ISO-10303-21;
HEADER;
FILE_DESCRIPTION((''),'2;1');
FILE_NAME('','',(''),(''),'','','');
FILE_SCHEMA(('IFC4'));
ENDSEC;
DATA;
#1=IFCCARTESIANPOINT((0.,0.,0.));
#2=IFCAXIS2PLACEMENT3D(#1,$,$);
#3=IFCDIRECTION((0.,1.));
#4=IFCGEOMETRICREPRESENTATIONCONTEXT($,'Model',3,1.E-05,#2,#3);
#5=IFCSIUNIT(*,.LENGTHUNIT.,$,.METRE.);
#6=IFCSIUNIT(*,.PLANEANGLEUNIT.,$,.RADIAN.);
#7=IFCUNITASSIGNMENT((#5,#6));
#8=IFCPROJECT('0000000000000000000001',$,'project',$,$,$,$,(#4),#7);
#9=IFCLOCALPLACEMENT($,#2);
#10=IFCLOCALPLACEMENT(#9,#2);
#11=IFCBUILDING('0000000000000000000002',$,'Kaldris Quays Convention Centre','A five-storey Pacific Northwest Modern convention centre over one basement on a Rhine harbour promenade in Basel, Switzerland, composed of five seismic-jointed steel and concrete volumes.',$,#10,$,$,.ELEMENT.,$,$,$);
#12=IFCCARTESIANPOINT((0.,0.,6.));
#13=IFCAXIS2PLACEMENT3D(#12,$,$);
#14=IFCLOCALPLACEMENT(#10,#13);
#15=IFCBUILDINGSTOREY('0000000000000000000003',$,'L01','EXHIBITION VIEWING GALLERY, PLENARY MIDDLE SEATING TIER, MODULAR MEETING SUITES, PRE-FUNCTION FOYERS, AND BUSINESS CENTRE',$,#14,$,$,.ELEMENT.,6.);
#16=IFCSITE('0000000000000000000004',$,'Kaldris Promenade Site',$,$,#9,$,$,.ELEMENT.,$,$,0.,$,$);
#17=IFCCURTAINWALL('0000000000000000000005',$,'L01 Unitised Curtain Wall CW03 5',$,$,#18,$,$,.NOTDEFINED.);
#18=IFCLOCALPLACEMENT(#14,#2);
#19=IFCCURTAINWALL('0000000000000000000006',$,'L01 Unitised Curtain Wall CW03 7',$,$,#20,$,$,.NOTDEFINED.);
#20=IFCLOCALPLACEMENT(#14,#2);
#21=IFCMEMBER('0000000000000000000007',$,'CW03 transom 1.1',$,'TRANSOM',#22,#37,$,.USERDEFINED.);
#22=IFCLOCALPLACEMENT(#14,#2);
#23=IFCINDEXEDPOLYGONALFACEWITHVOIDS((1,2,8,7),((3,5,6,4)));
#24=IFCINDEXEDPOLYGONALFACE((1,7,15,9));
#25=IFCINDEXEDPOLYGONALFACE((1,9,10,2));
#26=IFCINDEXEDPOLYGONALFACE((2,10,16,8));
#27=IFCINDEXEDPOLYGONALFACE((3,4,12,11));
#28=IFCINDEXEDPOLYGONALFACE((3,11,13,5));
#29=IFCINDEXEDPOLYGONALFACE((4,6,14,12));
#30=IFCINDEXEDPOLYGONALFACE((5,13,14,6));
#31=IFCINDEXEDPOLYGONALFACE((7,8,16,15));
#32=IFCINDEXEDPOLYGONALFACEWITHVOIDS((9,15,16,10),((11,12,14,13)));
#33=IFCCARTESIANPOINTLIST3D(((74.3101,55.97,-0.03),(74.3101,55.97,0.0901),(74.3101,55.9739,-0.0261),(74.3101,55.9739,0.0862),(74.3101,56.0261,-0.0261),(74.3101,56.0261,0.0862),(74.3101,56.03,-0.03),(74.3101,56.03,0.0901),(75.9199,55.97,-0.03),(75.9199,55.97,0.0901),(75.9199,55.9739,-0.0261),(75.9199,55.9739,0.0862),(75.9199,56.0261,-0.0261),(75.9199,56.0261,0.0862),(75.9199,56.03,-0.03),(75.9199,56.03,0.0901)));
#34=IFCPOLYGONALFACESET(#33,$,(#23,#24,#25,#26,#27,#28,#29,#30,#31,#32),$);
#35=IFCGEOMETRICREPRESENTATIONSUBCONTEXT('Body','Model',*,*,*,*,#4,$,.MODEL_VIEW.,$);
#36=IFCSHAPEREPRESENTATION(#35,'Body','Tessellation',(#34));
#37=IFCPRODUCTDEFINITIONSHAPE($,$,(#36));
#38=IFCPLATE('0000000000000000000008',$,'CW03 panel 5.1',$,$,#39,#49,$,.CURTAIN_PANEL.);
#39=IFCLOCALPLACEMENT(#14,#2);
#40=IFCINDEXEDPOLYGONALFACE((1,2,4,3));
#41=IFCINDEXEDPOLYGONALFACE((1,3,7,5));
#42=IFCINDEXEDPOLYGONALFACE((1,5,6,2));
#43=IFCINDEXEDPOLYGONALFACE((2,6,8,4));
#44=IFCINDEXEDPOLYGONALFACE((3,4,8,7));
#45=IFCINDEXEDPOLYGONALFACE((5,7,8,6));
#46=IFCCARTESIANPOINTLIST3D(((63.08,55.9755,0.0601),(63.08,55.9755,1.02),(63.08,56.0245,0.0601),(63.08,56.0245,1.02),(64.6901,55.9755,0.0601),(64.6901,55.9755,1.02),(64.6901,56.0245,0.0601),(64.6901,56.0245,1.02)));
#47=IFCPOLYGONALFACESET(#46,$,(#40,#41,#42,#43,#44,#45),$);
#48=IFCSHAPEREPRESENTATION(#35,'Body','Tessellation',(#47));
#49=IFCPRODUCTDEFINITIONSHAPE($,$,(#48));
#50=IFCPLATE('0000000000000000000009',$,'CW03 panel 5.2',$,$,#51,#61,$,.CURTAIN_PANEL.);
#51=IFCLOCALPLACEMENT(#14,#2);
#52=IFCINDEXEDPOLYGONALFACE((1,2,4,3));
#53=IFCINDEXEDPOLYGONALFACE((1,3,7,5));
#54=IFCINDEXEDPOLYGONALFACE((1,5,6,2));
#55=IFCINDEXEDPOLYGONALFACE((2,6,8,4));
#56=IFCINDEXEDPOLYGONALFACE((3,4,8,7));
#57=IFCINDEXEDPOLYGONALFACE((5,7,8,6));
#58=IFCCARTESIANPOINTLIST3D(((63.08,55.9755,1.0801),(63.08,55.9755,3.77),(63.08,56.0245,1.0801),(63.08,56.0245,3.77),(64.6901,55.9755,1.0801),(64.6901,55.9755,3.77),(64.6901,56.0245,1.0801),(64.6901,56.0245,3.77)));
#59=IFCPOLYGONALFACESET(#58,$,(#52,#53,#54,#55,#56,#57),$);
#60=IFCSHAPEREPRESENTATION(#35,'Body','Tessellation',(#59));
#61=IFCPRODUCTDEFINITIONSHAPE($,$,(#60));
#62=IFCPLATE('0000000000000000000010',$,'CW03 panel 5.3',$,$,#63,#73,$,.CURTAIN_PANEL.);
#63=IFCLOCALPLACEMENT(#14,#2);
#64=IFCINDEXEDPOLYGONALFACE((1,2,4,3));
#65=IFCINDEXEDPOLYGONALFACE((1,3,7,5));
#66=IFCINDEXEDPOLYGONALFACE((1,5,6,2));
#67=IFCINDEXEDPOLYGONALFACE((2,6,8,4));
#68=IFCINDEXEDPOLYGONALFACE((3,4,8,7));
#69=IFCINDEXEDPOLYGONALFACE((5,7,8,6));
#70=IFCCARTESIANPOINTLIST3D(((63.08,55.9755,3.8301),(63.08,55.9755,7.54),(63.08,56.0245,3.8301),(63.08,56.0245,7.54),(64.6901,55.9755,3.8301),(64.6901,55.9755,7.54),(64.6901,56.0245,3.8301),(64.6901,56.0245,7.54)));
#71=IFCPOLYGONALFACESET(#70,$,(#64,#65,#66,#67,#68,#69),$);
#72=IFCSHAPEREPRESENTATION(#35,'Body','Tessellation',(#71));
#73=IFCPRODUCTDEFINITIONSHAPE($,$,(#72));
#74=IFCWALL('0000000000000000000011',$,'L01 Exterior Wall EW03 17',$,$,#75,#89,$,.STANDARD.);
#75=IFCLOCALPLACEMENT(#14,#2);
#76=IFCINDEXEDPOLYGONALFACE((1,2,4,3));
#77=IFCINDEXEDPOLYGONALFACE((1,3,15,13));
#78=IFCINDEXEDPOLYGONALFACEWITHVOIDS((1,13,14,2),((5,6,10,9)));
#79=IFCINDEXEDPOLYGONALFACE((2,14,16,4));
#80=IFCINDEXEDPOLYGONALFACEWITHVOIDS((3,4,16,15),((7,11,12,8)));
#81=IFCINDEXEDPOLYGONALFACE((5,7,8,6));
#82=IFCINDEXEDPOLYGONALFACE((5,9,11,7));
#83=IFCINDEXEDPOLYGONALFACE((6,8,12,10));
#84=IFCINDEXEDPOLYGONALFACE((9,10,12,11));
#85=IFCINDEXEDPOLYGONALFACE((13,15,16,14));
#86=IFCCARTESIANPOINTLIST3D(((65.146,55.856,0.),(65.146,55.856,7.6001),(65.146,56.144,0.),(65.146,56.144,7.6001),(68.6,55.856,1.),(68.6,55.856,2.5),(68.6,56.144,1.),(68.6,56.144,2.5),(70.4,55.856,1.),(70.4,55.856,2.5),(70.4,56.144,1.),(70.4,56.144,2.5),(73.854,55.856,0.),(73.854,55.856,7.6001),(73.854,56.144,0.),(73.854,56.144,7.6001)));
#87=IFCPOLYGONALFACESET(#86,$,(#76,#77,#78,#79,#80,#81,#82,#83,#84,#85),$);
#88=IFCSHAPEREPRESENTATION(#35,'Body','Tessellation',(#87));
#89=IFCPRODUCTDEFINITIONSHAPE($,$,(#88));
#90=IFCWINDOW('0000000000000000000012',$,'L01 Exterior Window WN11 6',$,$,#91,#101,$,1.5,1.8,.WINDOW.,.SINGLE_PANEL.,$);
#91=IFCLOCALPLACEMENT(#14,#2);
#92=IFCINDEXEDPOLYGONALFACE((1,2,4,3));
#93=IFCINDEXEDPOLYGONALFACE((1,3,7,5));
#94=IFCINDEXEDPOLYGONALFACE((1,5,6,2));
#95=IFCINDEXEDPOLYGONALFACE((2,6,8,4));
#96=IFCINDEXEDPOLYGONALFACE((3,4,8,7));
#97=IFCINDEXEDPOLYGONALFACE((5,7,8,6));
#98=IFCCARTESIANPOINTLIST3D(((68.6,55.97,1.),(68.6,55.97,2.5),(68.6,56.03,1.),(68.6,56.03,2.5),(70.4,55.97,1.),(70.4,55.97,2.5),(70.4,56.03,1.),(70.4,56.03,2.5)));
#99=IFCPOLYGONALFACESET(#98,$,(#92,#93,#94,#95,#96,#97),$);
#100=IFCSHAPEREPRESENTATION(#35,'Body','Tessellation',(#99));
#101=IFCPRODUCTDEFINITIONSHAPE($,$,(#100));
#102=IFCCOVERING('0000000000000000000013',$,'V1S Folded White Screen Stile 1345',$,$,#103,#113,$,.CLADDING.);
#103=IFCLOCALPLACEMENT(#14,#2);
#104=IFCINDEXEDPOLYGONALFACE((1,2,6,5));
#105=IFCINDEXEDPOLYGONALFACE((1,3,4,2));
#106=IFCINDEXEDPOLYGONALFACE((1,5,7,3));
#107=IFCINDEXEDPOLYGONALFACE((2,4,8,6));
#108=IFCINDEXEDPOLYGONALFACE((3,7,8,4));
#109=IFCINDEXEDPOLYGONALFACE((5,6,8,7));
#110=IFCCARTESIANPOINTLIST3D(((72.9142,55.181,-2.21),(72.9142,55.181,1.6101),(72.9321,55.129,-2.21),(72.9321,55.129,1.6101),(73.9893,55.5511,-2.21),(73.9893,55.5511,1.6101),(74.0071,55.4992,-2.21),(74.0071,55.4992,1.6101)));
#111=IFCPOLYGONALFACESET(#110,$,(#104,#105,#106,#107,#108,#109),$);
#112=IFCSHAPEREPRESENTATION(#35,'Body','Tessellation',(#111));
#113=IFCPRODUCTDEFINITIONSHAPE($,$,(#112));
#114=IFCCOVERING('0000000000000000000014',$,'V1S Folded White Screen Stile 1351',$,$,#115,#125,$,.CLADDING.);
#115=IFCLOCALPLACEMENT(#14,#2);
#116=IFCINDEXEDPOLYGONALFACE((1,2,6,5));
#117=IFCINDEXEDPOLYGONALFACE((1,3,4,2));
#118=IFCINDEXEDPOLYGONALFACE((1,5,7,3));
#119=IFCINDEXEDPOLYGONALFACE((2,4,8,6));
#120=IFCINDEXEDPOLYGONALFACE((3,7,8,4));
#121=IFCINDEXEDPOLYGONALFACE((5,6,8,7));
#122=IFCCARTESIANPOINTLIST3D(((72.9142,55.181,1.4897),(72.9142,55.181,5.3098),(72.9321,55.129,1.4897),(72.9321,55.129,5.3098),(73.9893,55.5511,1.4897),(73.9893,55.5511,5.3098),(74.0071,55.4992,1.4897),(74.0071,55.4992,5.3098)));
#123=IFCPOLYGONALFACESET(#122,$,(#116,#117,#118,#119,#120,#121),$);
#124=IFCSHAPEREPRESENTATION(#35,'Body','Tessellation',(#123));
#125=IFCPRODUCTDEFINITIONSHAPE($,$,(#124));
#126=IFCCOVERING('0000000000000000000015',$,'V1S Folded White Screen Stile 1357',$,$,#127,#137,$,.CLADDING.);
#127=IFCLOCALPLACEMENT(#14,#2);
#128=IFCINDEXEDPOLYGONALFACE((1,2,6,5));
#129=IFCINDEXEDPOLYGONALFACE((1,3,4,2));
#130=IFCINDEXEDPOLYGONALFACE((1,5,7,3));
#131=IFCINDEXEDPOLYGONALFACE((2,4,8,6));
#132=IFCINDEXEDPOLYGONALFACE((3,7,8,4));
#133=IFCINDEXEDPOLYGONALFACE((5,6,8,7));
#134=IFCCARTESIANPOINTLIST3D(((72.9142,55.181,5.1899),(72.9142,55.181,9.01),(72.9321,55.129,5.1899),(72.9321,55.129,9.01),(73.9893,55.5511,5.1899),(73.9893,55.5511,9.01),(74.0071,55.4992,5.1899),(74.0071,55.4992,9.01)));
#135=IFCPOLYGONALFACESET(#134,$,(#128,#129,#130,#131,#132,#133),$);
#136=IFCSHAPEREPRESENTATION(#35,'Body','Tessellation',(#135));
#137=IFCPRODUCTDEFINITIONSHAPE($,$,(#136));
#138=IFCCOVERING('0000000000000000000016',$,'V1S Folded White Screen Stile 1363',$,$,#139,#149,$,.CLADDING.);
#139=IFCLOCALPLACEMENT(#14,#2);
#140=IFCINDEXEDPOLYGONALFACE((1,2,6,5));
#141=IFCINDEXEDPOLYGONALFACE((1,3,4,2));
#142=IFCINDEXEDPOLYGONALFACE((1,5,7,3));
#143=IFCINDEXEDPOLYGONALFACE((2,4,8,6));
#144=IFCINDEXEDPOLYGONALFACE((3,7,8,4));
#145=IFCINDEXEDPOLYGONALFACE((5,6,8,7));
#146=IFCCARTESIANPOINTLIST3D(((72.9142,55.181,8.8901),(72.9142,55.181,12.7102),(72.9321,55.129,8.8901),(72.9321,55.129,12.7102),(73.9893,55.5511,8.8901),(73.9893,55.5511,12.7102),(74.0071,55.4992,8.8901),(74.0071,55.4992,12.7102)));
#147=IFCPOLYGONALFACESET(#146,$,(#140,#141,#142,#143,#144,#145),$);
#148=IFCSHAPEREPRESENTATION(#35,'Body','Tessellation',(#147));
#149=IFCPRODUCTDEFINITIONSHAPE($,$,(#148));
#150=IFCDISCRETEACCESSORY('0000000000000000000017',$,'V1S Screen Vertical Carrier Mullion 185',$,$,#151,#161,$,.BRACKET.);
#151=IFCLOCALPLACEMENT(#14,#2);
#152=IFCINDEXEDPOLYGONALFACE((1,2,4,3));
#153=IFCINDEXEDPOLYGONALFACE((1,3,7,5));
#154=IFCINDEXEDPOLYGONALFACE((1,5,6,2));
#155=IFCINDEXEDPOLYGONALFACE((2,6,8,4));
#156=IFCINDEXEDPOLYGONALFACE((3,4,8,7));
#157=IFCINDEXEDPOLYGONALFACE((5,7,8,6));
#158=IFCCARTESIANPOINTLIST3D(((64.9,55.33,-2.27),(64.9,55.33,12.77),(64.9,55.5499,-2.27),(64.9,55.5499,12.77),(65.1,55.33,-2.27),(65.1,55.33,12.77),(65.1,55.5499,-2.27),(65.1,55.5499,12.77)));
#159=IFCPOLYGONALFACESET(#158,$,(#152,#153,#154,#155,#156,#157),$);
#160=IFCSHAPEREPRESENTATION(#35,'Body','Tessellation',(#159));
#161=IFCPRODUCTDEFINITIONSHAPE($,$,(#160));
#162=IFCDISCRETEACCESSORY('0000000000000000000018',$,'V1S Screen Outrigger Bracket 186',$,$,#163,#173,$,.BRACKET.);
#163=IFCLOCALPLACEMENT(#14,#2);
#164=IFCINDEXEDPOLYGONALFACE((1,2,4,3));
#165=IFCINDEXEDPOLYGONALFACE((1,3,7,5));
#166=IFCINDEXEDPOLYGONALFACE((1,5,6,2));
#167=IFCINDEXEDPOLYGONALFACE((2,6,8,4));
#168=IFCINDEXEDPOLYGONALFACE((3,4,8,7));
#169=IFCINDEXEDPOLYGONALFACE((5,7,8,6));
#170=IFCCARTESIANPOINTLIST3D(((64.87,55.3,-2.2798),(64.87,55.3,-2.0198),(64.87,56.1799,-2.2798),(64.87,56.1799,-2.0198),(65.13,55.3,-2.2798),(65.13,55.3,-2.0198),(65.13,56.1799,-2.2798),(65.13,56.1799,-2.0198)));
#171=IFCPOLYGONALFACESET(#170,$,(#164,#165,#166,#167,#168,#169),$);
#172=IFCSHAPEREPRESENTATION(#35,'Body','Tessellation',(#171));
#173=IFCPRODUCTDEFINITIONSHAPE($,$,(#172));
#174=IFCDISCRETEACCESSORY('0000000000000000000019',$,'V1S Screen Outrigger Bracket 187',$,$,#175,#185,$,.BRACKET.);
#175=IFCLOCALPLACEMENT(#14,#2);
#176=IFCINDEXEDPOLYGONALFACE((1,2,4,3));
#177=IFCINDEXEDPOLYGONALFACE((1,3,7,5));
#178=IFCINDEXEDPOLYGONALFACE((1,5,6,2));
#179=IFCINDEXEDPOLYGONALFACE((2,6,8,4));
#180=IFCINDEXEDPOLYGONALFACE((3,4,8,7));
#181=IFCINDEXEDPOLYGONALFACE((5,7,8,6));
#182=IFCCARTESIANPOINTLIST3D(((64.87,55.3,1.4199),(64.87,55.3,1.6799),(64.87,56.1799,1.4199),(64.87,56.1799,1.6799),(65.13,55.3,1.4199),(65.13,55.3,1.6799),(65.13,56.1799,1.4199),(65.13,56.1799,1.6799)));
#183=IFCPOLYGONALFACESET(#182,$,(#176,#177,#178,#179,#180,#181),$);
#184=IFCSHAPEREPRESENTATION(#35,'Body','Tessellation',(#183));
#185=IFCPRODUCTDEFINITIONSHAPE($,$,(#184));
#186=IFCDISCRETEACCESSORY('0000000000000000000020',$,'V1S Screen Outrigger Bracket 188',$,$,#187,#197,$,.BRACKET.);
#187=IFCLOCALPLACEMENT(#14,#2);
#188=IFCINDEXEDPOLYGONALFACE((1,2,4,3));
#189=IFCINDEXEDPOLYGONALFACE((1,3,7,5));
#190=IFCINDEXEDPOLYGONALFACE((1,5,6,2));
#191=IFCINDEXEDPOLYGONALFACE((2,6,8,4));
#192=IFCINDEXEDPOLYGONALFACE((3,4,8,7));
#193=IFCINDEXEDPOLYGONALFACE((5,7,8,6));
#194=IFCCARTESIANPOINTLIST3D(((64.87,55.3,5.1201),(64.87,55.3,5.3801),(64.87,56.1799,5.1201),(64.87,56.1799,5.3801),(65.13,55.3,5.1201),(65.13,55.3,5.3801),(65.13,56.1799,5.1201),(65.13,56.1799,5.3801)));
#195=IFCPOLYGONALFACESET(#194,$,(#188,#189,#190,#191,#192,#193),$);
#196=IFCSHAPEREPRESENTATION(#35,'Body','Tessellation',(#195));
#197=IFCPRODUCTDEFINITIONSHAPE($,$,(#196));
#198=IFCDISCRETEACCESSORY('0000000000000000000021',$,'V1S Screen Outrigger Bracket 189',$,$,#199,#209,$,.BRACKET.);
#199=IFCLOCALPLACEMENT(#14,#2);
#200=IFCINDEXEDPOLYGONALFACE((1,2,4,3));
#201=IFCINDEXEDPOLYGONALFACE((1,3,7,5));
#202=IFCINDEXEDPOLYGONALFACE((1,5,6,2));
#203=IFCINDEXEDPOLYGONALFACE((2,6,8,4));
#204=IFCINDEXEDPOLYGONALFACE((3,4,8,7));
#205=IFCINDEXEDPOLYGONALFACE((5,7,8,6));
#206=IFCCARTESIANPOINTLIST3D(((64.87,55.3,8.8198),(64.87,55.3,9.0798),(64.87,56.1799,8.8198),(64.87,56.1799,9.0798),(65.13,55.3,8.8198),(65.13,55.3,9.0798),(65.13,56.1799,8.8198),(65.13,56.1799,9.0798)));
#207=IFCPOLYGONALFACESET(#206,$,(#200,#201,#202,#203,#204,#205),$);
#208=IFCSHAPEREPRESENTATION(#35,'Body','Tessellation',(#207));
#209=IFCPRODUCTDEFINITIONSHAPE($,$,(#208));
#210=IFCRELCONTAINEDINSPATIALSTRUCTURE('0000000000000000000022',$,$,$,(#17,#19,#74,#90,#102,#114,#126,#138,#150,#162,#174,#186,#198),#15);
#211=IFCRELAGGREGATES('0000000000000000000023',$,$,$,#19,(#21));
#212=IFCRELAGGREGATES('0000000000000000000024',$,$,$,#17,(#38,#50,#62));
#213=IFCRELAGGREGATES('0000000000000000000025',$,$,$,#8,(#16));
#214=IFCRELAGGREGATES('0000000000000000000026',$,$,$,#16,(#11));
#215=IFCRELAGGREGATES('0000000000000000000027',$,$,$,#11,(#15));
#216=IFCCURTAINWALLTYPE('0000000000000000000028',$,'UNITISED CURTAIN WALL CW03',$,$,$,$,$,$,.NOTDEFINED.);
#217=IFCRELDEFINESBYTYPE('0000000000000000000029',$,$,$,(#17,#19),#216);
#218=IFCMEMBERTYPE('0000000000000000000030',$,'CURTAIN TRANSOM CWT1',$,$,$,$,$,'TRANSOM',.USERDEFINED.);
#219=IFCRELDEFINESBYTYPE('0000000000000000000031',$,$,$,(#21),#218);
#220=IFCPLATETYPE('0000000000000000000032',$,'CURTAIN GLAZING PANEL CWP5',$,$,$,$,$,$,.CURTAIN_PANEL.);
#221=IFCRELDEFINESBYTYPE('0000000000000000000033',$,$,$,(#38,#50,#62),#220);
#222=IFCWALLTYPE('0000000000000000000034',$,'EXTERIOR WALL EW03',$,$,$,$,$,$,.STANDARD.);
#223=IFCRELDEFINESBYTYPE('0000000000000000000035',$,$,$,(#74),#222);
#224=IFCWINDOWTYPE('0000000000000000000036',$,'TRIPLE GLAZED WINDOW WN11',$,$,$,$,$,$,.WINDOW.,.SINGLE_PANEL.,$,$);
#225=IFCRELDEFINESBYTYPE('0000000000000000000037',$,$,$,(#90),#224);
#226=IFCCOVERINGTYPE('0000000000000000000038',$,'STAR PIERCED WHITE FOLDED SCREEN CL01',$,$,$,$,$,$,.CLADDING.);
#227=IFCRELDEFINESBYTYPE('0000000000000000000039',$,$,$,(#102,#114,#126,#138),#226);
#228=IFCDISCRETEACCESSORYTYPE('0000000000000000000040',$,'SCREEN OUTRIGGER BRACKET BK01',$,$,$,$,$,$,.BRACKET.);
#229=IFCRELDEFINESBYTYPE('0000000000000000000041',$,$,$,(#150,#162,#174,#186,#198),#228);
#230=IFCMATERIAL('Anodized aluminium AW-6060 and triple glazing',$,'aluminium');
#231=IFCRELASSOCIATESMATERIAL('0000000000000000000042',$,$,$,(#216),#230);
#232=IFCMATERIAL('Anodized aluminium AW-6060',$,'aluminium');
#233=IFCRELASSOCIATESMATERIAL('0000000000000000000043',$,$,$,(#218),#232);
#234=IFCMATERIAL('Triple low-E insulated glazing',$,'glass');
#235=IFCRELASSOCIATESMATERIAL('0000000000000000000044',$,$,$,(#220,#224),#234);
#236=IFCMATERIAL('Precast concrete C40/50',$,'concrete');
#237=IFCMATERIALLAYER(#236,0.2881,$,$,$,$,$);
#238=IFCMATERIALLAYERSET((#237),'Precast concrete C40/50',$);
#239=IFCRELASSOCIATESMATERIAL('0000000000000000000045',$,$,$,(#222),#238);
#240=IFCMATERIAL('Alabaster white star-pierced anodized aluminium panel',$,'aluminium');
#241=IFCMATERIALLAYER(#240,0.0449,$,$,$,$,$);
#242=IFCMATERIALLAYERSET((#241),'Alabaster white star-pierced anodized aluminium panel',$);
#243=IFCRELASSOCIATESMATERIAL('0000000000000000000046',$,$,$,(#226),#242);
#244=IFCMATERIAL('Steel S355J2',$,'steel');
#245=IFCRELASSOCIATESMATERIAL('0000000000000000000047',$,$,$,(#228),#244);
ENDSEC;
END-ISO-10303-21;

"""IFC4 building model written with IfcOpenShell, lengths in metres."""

from ifc_helpers import new_model, si_unit, direction, frame, frame_2d, origin, origin_2d, place, context, subcontext, project, spatial, rectangle, hollow_rectangle, extrude, material, layer, layer_set, material_profile, profile_set, type_object, element, fill, aggregate, save


model = new_model("IFC4")

# Units and contexts
model_context = context("Model", 3, precision=1e-05, world=origin(), true_north=direction((0.0, 1.0)))
body_context = subcontext(model_context, "Body", "Model", "MODEL_VIEW")
ifc_project = project(units=[si_unit("LENGTHUNIT", "METRE"), si_unit("PLANEANGLEUNIT", "RADIAN")], contexts=[model_context])

# Site, building, storey
site_placement = place(None, origin())
site = spatial("IfcSite", under=ifc_project, at=site_placement, Name="Kaldris Promenade Site", CompositionType="ELEMENT", RefElevation=0.0)
building_placement = place(site_placement, origin())
building = spatial("IfcBuilding", under=site, at=building_placement, Name="Kaldris Quays Convention Centre", Description="A five-storey Pacific Northwest Modern convention centre over one basement on a Rhine harbour promenade in Basel, Switzerland, composed of five seismic-jointed steel and concrete volumes.", CompositionType="ELEMENT")
storey_placement = place(building_placement, frame((0.0, 0.0, 6.0)))
storey = spatial("IfcBuildingStorey", under=building, at=storey_placement, Name="L01", Description="EXHIBITION VIEWING GALLERY, PLENARY MIDDLE SEATING TIER, MODULAR MEETING SUITES, PRE-FUNCTION FOYERS, AND BUSINESS CENTRE", CompositionType="ELEMENT", Elevation=6.0)

# Shared definitions
ifc_material_1 = material(Name="Steel S355J2", Category="steel")

# Curtain walls
ifc_material_2 = material(Name="Anodized aluminium AW-6060 and triple glazing", Category="aluminium")
curtain_wall_type = type_object("IfcCurtainWallType", Name="UNITISED CURTAIN WALL CW03", PredefinedType="NOTDEFINED", material=ifc_material_2)
curtain_wall_1_placement = place(storey_placement, origin())
curtain_wall_1 = element("IfcCurtainWall", 1, at=curtain_wall_1_placement, inside=storey, type_object=curtain_wall_type, Name="L01 Unitised Curtain Wall CW03 5", PredefinedType="NOTDEFINED")
ifc_material_3 = material(Name="Anodized aluminium AW-6060", Category="aluminium")
curtain_wall_2_placement = place(storey_placement, origin())
curtain_wall_2 = element("IfcCurtainWall", 2, at=curtain_wall_2_placement, inside=storey, type_object=curtain_wall_type, Name="L01 Unitised Curtain Wall CW03 7", PredefinedType="NOTDEFINED")

# Member
ifc_material_profile_1 = material_profile(ifc_material_3, hollow_rectangle(XDim=0.0601, YDim=0.1201, WallThickness=0.0039, at=origin_2d()), Name="RHS 120x60x4")
ifc_profile_set_1 = profile_set([ifc_material_profile_1], Name="Anodized aluminium AW-6060")
member_type_1 = type_object("IfcMemberType", Name="CURTAIN TRANSOM CWT1", ElementType="TRANSOM", PredefinedType="USERDEFINED", material=ifc_profile_set_1)
member_1_placement = place(storey_placement, frame((74.3101, 56.0, 0.03), z_axis=(1.0, 0.0, 0.0), x_axis=(0.0, 1.0, 0.0)))
member_1 = element("IfcMember", 3, at=member_1_placement, type_object=member_type_1, Name="CW03 transom 1.1", ObjectType="TRANSOM", PredefinedType="USERDEFINED", context=body_context, shape_type="SweptSolid", body=[
    extrude(hollow_rectangle(XDim=0.0601, YDim=0.1201, WallThickness=0.0039, at=origin_2d()), origin(), (0.0, 0.0, 1.0), 1.6099),
])
aggregate(curtain_wall_2, [member_1])

# Plates
ifc_material_4 = material(Name="Triple low-E insulated glazing", Category="glass")
plate_type = type_object("IfcPlateType", Name="CURTAIN GLAZING PANEL CWP5", PredefinedType="CURTAIN_PANEL", material=ifc_material_4)
plate_1_placement = place(storey_placement, frame((63.885, 56.0, 0.0601), z_axis=(0.0, 0.0, 1.0), x_axis=(1.0, 0.0, 0.0)))
plate_1 = element("IfcPlate", 4, at=plate_1_placement, type_object=plate_type, Name="CW03 panel 5.1", PredefinedType="CURTAIN_PANEL", context=body_context, shape_type="SweptSolid", body=[
    extrude(rectangle(XDim=1.6101, YDim=0.0491, at=origin_2d()), origin(), (0.0, 0.0, 1.0), 0.96),
])
plate_2_placement = place(storey_placement, frame((63.885, 56.0, 1.0801), z_axis=(0.0, 0.0, 1.0), x_axis=(1.0, 0.0, 0.0)))
plate_2 = element("IfcPlate", 5, at=plate_2_placement, type_object=plate_type, Name="CW03 panel 5.2", PredefinedType="CURTAIN_PANEL", context=body_context, shape_type="SweptSolid", body=[
    extrude(rectangle(XDim=1.6101, YDim=0.0491, at=origin_2d()), origin(), (0.0, 0.0, 1.0), 2.6899),
])
plate_3_placement = place(storey_placement, frame((63.885, 56.0, 3.8301), z_axis=(0.0, 0.0, 1.0), x_axis=(1.0, 0.0, 0.0)))
plate_3 = element("IfcPlate", 6, at=plate_3_placement, type_object=plate_type, Name="CW03 panel 5.3", PredefinedType="CURTAIN_PANEL", context=body_context, shape_type="SweptSolid", body=[
    extrude(rectangle(XDim=1.6101, YDim=0.0491, at=origin_2d()), origin(), (0.0, 0.0, 1.0), 3.71),
])
aggregate(curtain_wall_1, [plate_1, plate_2, plate_3])

# Wall, opening, window
ifc_material_5 = material(Name="Precast concrete C40/50", Category="concrete")
ifc_layer_1 = layer(ifc_material_5, 0.2881)
ifc_layer_set_1 = layer_set([ifc_layer_1], Name="Precast concrete C40/50")
wall_type = type_object("IfcWallType", Name="EXTERIOR WALL EW03", PredefinedType="STANDARD", material=ifc_layer_set_1)
wall_placement = place(storey_placement, frame((65.146, 56.0, 0.0), z_axis=(0.0, 0.0, 1.0), x_axis=(1.0, 0.0, 0.0)))
wall = element("IfcWall", 7, at=wall_placement, inside=storey, type_object=wall_type, Name="L01 Exterior Wall EW03 17", PredefinedType="STANDARD", context=body_context, shape_type="SweptSolid", body=[
    extrude(rectangle(XDim=8.708, YDim=0.2881, at=frame_2d((4.354, 0.0))), origin(), (0.0, 0.0, 1.0), 7.6001),
])
opening_placement = place(wall_placement, frame((3.4541, 0.0, 1.0)))
opening = element("IfcOpeningElement", 8, at=opening_placement, cuts=wall, PredefinedType="OPENING", context=body_context, shape_type="SweptSolid", body=[
    extrude(rectangle(XDim=1.8, YDim=1.5, at=frame_2d((0.8999, 0.75))), frame((0.0, 0.1541, 0.0), z_axis=(0.0, -1.0, 0.0), x_axis=(1.0, 0.0, 0.0)), (0.0, 0.0, 1.0), 0.3081),
])
window_type = type_object("IfcWindowType", Name="TRIPLE GLAZED WINDOW WN11", PartitioningType="SINGLE_PANEL", PredefinedType="WINDOW", material=ifc_material_4)
window_placement = place(opening_placement, origin())
window = element("IfcWindow", 9, at=window_placement, inside=storey, type_object=window_type, Name="L01 Exterior Window WN11 6", OverallHeight=1.5, OverallWidth=1.8, PartitioningType="SINGLE_PANEL", PredefinedType="WINDOW", context=body_context, shape_type="SweptSolid", body=[
    extrude(rectangle(XDim=1.8, YDim=1.5, at=frame_2d((0.8999, 0.75))), frame((0.0, 0.03, 0.0), z_axis=(0.0, -1.0, 0.0), x_axis=(1.0, 0.0, 0.0)), (0.0, 0.0, 1.0), 0.0601),
])
fill(opening, window)

# Coverings
ifc_material_6 = material(Name="Alabaster white star-pierced anodized aluminium panel", Category="aluminium")
ifc_layer_2 = layer(ifc_material_6, 0.0449)
ifc_layer_set_2 = layer_set([ifc_layer_2], Name="Alabaster white star-pierced anodized aluminium panel")
covering_type = type_object("IfcCoveringType", Name="STAR PIERCED WHITE FOLDED SCREEN CL01", PredefinedType="CLADDING", material=ifc_layer_set_2)
for number, where, z_axis, x_axis, name in (
    (10, (73.4607, 55.3401, -2.21), (0.0, 0.0, 1.0), (0.945519, 0.325568, 0.0), "V1S Folded White Screen Stile 1345"),
    (11, (73.4607, 55.3401, 1.4897), (0.0, 0.0, 1.0), (0.945519, 0.325568, 0.0), "V1S Folded White Screen Stile 1351"),
    (12, (73.4607, 55.3401, 5.1899), (0.0, 0.0, 1.0), (0.945519, 0.325568, 0.0), "V1S Folded White Screen Stile 1357"),
    (13, (73.4607, 55.3401, 8.8901), (0.0, 0.0, 1.0), (0.945519, 0.325568, 0.0), "V1S Folded White Screen Stile 1363"),
):
    element("IfcCovering", number, at=place(storey_placement, frame(where, z_axis=z_axis, x_axis=x_axis)), inside=storey, type_object=covering_type, Name=name, PredefinedType="CLADDING", context=body_context, shape_type="SweptSolid", body=[
        extrude(rectangle(XDim=1.137, YDim=0.0549, at=origin_2d()), origin(), (0.0, 0.0, 1.0), 3.8201),
    ])

# Discrete accessories
discrete_accessory_type = type_object("IfcDiscreteAccessoryType", Name="SCREEN OUTRIGGER BRACKET BK01", PredefinedType="BRACKET", material=ifc_material_1)
discrete_accessory_1_placement = place(storey_placement, frame((65.0, 55.4399, -2.27), z_axis=(0.0, 0.0, 1.0), x_axis=(1.0, 0.0, 0.0)))
element("IfcDiscreteAccessory", 14, at=discrete_accessory_1_placement, inside=storey, type_object=discrete_accessory_type, Name="V1S Screen Vertical Carrier Mullion 185", PredefinedType="BRACKET", context=body_context, shape_type="SweptSolid", body=[
    extrude(rectangle(XDim=0.2, YDim=0.22, at=origin_2d()), origin(), (0.0, 0.0, 1.0), 15.04),
])
for number, where, z_axis, x_axis, name in (
    (15, (65.0, 55.74, -2.2798), (0.0, 0.0, 1.0), (1.0, 0.0, 0.0), "V1S Screen Outrigger Bracket 186"),
    (16, (65.0, 55.74, 1.4199), (0.0, 0.0, 1.0), (1.0, 0.0, 0.0), "V1S Screen Outrigger Bracket 187"),
    (17, (65.0, 55.74, 5.1201), (0.0, 0.0, 1.0), (1.0, 0.0, 0.0), "V1S Screen Outrigger Bracket 188"),
    (18, (65.0, 55.74, 8.8198), (0.0, 0.0, 1.0), (1.0, 0.0, 0.0), "V1S Screen Outrigger Bracket 189"),
):
    element("IfcDiscreteAccessory", number, at=place(storey_placement, frame(where, z_axis=z_axis, x_axis=x_axis)), inside=storey, type_object=discrete_accessory_type, Name=name, PredefinedType="BRACKET", context=body_context, shape_type="SweptSolid", body=[
        extrude(rectangle(XDim=0.26, YDim=0.8799, at=origin_2d()), origin(), (0.0, 0.0, 1.0), 0.26),
    ])

save(model, "model.ifc")
